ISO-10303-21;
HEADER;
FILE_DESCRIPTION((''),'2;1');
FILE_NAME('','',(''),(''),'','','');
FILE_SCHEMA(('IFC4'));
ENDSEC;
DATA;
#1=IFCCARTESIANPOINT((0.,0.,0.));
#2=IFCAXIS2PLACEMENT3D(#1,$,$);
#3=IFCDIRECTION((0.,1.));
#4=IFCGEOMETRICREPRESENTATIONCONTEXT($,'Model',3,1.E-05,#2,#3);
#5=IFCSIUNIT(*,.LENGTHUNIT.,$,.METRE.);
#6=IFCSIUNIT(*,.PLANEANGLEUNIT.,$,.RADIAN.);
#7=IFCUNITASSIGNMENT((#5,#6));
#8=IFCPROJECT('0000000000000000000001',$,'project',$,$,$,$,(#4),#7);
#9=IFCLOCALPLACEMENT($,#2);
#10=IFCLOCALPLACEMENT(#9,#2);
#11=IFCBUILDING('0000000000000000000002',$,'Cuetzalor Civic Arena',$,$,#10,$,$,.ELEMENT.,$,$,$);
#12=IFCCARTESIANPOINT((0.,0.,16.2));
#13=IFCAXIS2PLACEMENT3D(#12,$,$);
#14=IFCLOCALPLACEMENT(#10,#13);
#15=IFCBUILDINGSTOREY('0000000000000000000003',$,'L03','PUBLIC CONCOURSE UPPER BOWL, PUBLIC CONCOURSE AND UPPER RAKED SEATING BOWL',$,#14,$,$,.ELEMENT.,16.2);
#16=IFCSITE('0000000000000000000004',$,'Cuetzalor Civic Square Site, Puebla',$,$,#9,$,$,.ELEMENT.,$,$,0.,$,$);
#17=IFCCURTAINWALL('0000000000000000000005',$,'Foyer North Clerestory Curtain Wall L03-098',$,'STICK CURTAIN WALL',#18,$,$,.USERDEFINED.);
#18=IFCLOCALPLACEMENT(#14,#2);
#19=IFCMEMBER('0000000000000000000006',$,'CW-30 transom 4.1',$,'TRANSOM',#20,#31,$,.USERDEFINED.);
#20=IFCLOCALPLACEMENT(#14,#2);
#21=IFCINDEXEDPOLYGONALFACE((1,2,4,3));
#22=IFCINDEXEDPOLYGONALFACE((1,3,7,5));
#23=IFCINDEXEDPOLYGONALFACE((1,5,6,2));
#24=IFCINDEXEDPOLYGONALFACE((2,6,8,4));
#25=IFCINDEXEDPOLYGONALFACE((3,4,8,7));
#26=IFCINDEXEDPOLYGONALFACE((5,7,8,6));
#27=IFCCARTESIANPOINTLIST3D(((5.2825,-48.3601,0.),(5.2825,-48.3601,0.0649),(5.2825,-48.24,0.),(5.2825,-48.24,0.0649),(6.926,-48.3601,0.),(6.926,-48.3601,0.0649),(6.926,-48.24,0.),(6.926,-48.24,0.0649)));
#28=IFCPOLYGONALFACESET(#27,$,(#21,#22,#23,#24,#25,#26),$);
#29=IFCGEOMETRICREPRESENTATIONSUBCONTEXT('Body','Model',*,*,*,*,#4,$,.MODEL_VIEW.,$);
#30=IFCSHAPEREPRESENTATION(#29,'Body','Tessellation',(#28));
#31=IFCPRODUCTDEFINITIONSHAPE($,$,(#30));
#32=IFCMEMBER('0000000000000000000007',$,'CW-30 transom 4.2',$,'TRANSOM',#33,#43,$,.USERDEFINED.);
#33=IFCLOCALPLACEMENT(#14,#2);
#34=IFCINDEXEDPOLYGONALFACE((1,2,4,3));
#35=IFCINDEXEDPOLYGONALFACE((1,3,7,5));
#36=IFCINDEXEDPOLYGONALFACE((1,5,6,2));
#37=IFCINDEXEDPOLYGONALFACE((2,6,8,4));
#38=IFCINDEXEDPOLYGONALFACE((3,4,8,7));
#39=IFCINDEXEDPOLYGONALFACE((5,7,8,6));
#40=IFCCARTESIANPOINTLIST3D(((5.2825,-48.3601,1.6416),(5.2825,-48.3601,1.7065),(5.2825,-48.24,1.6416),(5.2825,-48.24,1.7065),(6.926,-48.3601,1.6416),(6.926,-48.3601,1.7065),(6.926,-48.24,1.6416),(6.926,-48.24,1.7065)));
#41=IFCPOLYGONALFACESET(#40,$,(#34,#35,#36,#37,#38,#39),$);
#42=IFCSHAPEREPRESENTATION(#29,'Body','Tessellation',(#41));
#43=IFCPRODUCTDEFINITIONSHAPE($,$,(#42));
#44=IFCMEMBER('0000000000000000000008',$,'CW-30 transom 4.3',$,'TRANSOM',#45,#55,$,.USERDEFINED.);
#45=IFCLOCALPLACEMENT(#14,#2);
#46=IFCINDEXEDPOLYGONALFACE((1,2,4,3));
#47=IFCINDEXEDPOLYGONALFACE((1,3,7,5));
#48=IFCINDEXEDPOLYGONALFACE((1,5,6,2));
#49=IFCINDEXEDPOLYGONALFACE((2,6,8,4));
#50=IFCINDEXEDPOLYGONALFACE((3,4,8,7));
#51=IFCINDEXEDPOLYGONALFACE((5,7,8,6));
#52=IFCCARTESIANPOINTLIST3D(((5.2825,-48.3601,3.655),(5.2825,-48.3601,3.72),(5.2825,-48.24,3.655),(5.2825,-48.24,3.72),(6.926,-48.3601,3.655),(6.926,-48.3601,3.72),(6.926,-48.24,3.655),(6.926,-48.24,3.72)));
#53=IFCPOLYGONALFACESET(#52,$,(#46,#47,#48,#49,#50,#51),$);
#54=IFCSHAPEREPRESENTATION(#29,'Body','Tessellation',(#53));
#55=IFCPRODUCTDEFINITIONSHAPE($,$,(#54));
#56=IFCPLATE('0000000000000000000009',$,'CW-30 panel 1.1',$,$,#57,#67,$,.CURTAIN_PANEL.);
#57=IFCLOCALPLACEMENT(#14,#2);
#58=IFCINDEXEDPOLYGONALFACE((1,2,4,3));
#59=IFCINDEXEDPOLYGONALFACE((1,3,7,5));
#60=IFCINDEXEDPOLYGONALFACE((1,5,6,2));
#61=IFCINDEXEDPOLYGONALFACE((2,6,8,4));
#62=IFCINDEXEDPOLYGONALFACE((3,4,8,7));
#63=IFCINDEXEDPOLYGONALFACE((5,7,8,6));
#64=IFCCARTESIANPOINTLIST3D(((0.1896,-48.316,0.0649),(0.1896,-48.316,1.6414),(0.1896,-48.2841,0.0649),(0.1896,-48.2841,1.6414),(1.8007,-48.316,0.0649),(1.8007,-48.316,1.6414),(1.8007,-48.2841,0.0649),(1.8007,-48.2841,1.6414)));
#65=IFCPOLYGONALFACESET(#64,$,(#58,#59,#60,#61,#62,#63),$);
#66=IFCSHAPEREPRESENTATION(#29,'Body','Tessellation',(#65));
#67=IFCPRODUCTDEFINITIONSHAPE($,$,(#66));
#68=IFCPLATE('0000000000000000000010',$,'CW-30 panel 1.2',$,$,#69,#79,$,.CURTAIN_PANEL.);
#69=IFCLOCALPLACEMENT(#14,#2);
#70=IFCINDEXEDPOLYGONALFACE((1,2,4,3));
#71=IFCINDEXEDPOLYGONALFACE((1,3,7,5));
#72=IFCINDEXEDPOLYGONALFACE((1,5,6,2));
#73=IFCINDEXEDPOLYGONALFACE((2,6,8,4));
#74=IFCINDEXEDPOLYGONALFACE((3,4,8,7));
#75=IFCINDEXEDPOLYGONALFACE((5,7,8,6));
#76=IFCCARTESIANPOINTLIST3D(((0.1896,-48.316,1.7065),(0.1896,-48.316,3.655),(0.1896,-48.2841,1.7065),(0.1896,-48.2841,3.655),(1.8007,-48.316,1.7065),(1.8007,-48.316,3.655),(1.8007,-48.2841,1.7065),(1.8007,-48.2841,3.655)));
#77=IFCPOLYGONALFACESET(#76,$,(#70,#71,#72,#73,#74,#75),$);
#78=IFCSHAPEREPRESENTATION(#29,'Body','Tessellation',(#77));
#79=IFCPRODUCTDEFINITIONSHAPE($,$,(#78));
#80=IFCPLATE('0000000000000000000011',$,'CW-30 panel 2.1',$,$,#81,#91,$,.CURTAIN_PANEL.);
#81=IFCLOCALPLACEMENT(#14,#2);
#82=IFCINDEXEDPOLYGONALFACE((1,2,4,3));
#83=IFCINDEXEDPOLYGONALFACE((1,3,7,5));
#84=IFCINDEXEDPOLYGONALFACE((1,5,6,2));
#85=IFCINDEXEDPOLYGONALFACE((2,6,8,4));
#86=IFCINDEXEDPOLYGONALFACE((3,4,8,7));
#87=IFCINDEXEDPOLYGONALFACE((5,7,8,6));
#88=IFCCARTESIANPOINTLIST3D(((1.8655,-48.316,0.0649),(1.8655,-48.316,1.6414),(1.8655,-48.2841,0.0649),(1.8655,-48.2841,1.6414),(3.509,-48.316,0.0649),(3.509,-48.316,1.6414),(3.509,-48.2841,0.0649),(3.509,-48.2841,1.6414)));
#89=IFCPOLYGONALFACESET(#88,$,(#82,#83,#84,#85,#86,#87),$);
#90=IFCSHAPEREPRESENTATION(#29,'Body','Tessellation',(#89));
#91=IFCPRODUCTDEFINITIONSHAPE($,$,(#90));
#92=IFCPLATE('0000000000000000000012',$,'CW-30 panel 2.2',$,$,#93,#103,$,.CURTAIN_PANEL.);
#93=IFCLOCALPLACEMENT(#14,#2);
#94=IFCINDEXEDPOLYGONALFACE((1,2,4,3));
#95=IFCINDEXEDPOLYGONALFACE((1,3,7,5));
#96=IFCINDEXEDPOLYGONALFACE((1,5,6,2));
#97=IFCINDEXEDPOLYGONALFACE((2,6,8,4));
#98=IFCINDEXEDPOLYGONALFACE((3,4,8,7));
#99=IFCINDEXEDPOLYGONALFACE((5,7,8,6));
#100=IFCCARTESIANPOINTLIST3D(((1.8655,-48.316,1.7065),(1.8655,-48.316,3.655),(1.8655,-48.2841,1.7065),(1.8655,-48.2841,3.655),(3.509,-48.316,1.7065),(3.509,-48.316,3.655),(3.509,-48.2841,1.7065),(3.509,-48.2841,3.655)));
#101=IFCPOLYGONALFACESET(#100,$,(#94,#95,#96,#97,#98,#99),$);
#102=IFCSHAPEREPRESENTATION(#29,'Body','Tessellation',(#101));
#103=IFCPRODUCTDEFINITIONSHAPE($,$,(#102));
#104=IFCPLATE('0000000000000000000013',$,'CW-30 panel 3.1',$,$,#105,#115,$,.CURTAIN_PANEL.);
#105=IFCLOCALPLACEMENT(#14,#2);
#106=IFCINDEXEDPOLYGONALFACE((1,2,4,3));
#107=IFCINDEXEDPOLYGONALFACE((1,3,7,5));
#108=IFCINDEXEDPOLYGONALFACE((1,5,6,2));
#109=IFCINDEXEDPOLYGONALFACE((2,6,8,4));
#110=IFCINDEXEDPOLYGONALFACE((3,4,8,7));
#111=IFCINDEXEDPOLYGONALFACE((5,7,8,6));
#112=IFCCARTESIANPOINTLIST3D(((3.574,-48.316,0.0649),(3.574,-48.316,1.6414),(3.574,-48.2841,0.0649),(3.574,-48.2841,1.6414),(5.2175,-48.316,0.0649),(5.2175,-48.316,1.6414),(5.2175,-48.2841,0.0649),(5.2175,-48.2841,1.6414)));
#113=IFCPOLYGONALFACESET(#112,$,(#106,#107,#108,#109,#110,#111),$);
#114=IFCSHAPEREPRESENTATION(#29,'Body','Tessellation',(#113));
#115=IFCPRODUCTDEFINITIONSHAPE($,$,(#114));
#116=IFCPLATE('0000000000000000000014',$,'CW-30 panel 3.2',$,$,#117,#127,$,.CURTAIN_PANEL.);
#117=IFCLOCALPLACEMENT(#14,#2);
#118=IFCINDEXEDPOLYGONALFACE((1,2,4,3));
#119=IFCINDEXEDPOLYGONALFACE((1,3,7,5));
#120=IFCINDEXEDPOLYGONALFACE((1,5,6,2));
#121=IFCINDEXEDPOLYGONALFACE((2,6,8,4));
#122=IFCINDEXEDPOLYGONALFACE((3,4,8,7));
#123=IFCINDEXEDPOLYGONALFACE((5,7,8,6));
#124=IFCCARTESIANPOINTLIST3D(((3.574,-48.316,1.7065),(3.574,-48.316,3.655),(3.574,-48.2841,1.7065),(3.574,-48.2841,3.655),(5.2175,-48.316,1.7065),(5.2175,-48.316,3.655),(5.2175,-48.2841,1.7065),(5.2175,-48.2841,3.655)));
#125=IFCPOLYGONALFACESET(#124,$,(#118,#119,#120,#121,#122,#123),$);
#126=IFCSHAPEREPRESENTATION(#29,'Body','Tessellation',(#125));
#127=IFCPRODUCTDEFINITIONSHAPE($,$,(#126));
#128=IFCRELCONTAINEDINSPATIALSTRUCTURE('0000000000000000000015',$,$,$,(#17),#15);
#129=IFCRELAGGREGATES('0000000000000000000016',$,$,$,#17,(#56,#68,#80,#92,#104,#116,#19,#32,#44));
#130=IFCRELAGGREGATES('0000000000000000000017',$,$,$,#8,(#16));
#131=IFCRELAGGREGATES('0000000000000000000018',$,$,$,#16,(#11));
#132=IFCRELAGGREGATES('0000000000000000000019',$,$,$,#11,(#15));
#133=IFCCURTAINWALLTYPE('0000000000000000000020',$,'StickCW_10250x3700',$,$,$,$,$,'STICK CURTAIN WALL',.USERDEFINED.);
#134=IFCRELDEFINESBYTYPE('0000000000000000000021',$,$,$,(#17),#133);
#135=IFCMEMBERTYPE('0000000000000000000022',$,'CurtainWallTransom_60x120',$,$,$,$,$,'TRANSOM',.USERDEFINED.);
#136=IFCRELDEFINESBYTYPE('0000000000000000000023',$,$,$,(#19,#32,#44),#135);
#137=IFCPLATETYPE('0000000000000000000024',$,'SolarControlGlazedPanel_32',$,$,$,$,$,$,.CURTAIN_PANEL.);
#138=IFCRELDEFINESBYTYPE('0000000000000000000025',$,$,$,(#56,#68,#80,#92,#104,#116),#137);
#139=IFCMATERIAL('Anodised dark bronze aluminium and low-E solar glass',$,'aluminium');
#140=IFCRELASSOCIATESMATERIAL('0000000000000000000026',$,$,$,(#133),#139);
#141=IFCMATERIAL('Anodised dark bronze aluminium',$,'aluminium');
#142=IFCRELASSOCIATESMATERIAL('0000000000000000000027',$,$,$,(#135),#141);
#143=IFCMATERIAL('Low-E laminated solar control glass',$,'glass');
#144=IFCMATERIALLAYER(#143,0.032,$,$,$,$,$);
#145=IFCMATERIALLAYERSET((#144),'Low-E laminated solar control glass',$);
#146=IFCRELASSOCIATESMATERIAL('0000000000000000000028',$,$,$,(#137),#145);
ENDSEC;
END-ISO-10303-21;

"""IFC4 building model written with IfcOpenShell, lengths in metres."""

from ifc_helpers import new_model, si_unit, direction, frame, origin, origin_2d, place, context, subcontext, project, spatial, rectangle, extrude, material, layer, layer_set, material_profile, profile_set, type_object, element, aggregate, save


model = new_model("IFC4")

# Units and contexts
model_context = context("Model", 3, precision=1e-05, world=origin(), true_north=direction((0.0, 1.0)))
body_context = subcontext(model_context, "Body", "Model", "MODEL_VIEW")
ifc_project = project(units=[si_unit("LENGTHUNIT", "METRE"), si_unit("PLANEANGLEUNIT", "RADIAN")], contexts=[model_context])

# Site, building, storey
site_placement = place(None, origin())
site = spatial("IfcSite", under=ifc_project, at=site_placement, Name="Cuetzalor Civic Square Site, Puebla", CompositionType="ELEMENT", RefElevation=0.0)
building_placement = place(site_placement, origin())
building = spatial("IfcBuilding", under=site, at=building_placement, Name="Cuetzalor Civic Arena", CompositionType="ELEMENT")
storey_placement = place(building_placement, frame((0.0, 0.0, 16.2)))
storey = spatial("IfcBuildingStorey", under=building, at=storey_placement, Name="L03", Description="PUBLIC CONCOURSE UPPER BOWL, PUBLIC CONCOURSE AND UPPER RAKED SEATING BOWL", CompositionType="ELEMENT", Elevation=16.2)

# Curtain wall, members, plates
ifc_material_1 = material(Name="Anodised dark bronze aluminium and low-E solar glass", Category="aluminium")
curtain_wall_type = type_object("IfcCurtainWallType", Name="StickCW_10250x3700", ElementType="STICK CURTAIN WALL", PredefinedType="USERDEFINED", material=ifc_material_1)
curtain_wall_placement = place(storey_placement, origin())
curtain_wall = element("IfcCurtainWall", 1, at=curtain_wall_placement, inside=storey, type_object=curtain_wall_type, Name="Foyer North Clerestory Curtain Wall L03-098", ObjectType="STICK CURTAIN WALL", PredefinedType="USERDEFINED")
ifc_material_2 = material(Name="Anodised dark bronze aluminium", Category="aluminium")
ifc_material_profile_1 = material_profile(ifc_material_2, rectangle(XDim=0.1201, YDim=0.0649, at=origin_2d()), Name="ALU TRANSOM 65x120")
ifc_profile_set_1 = profile_set([ifc_material_profile_1], Name="Anodised dark bronze aluminium")
member_type_1 = type_object("IfcMemberType", Name="CurtainWallTransom_60x120", ElementType="TRANSOM", PredefinedType="USERDEFINED", material=ifc_profile_set_1)
member_1_placement = place(storey_placement, frame((5.2825, -48.3, 0.0325), z_axis=(1.0, 0.0, 0.0), x_axis=(0.0, 1.0, 0.0)))
member_1 = element("IfcMember", 2, at=member_1_placement, type_object=member_type_1, Name="CW-30 transom 4.1", ObjectType="TRANSOM", PredefinedType="USERDEFINED", context=body_context, shape_type="SweptSolid", body=[
    extrude(rectangle(XDim=0.1201, YDim=0.0649, at=origin_2d()), origin(), (0.0, 0.0, 1.0), 1.6436),
])
member_2_placement = place(storey_placement, frame((5.2825, -48.3, 1.6741), z_axis=(1.0, 0.0, 0.0), x_axis=(0.0, 1.0, 0.0)))
member_2 = element("IfcMember", 3, at=member_2_placement, type_object=member_type_1, Name="CW-30 transom 4.2", ObjectType="TRANSOM", PredefinedType="USERDEFINED", context=body_context, shape_type="SweptSolid", body=[
    extrude(rectangle(XDim=0.1201, YDim=0.0649, at=origin_2d()), origin(), (0.0, 0.0, 1.0), 1.6436),
])
member_3_placement = place(storey_placement, frame((5.2825, -48.3, 3.6875), z_axis=(1.0, 0.0, 0.0), x_axis=(0.0, 1.0, 0.0)))
member_3 = element("IfcMember", 4, at=member_3_placement, type_object=member_type_1, Name="CW-30 transom 4.3", ObjectType="TRANSOM", PredefinedType="USERDEFINED", context=body_context, shape_type="SweptSolid", body=[
    extrude(rectangle(XDim=0.1201, YDim=0.0649, at=origin_2d()), origin(), (0.0, 0.0, 1.0), 1.6436),
])
ifc_material_3 = material(Name="Low-E laminated solar control glass", Category="glass")
ifc_layer = layer(ifc_material_3, 0.032)
ifc_layer_set = layer_set([ifc_layer], Name="Low-E laminated solar control glass")
plate_type = type_object("IfcPlateType", Name="SolarControlGlazedPanel_32", PredefinedType="CURTAIN_PANEL", material=ifc_layer_set)
plate_1_placement = place(storey_placement, frame((0.9951, -48.3, 0.0649), z_axis=(0.0, 0.0, 1.0), x_axis=(1.0, 0.0, 0.0)))
plate_1 = element("IfcPlate", 5, at=plate_1_placement, type_object=plate_type, Name="CW-30 panel 1.1", PredefinedType="CURTAIN_PANEL", context=body_context, shape_type="SweptSolid", body=[
    extrude(rectangle(XDim=1.6111, YDim=0.032, at=origin_2d()), origin(), (0.0, 0.0, 1.0), 1.5764),
])
plate_2_placement = place(storey_placement, frame((0.9951, -48.3, 1.7065), z_axis=(0.0, 0.0, 1.0), x_axis=(1.0, 0.0, 0.0)))
plate_2 = element("IfcPlate", 6, at=plate_2_placement, type_object=plate_type, Name="CW-30 panel 1.2", PredefinedType="CURTAIN_PANEL", context=body_context, shape_type="SweptSolid", body=[
    extrude(rectangle(XDim=1.6111, YDim=0.032, at=origin_2d()), origin(), (0.0, 0.0, 1.0), 1.9485),
])
plate_3_placement = place(storey_placement, frame((2.6873, -48.3, 0.0649), z_axis=(0.0, 0.0, 1.0), x_axis=(1.0, 0.0, 0.0)))
plate_3 = element("IfcPlate", 7, at=plate_3_placement, type_object=plate_type, Name="CW-30 panel 2.1", PredefinedType="CURTAIN_PANEL", context=body_context, shape_type="SweptSolid", body=[
    extrude(rectangle(XDim=1.6436, YDim=0.032, at=origin_2d()), origin(), (0.0, 0.0, 1.0), 1.5764),
])
plate_4_placement = place(storey_placement, frame((2.6873, -48.3, 1.7065), z_axis=(0.0, 0.0, 1.0), x_axis=(1.0, 0.0, 0.0)))
plate_4 = element("IfcPlate", 8, at=plate_4_placement, type_object=plate_type, Name="CW-30 panel 2.2", PredefinedType="CURTAIN_PANEL", context=body_context, shape_type="SweptSolid", body=[
    extrude(rectangle(XDim=1.6436, YDim=0.032, at=origin_2d()), origin(), (0.0, 0.0, 1.0), 1.9485),
])
plate_5_placement = place(storey_placement, frame((4.3958, -48.3, 0.0649), z_axis=(0.0, 0.0, 1.0), x_axis=(1.0, 0.0, 0.0)))
plate_5 = element("IfcPlate", 9, at=plate_5_placement, type_object=plate_type, Name="CW-30 panel 3.1", PredefinedType="CURTAIN_PANEL", context=body_context, shape_type="SweptSolid", body=[
    extrude(rectangle(XDim=1.6436, YDim=0.032, at=origin_2d()), origin(), (0.0, 0.0, 1.0), 1.5764),
])
plate_6_placement = place(storey_placement, frame((4.3958, -48.3, 1.7065), z_axis=(0.0, 0.0, 1.0), x_axis=(1.0, 0.0, 0.0)))
plate_6 = element("IfcPlate", 10, at=plate_6_placement, type_object=plate_type, Name="CW-30 panel 3.2", PredefinedType="CURTAIN_PANEL", context=body_context, shape_type="SweptSolid", body=[
    extrude(rectangle(XDim=1.6436, YDim=0.032, at=origin_2d()), origin(), (0.0, 0.0, 1.0), 1.9485),
])
aggregate(curtain_wall, [plate_1, plate_2, plate_3, plate_4, plate_5, plate_6, member_1, member_2, member_3])

save(model, "model.ifc")
